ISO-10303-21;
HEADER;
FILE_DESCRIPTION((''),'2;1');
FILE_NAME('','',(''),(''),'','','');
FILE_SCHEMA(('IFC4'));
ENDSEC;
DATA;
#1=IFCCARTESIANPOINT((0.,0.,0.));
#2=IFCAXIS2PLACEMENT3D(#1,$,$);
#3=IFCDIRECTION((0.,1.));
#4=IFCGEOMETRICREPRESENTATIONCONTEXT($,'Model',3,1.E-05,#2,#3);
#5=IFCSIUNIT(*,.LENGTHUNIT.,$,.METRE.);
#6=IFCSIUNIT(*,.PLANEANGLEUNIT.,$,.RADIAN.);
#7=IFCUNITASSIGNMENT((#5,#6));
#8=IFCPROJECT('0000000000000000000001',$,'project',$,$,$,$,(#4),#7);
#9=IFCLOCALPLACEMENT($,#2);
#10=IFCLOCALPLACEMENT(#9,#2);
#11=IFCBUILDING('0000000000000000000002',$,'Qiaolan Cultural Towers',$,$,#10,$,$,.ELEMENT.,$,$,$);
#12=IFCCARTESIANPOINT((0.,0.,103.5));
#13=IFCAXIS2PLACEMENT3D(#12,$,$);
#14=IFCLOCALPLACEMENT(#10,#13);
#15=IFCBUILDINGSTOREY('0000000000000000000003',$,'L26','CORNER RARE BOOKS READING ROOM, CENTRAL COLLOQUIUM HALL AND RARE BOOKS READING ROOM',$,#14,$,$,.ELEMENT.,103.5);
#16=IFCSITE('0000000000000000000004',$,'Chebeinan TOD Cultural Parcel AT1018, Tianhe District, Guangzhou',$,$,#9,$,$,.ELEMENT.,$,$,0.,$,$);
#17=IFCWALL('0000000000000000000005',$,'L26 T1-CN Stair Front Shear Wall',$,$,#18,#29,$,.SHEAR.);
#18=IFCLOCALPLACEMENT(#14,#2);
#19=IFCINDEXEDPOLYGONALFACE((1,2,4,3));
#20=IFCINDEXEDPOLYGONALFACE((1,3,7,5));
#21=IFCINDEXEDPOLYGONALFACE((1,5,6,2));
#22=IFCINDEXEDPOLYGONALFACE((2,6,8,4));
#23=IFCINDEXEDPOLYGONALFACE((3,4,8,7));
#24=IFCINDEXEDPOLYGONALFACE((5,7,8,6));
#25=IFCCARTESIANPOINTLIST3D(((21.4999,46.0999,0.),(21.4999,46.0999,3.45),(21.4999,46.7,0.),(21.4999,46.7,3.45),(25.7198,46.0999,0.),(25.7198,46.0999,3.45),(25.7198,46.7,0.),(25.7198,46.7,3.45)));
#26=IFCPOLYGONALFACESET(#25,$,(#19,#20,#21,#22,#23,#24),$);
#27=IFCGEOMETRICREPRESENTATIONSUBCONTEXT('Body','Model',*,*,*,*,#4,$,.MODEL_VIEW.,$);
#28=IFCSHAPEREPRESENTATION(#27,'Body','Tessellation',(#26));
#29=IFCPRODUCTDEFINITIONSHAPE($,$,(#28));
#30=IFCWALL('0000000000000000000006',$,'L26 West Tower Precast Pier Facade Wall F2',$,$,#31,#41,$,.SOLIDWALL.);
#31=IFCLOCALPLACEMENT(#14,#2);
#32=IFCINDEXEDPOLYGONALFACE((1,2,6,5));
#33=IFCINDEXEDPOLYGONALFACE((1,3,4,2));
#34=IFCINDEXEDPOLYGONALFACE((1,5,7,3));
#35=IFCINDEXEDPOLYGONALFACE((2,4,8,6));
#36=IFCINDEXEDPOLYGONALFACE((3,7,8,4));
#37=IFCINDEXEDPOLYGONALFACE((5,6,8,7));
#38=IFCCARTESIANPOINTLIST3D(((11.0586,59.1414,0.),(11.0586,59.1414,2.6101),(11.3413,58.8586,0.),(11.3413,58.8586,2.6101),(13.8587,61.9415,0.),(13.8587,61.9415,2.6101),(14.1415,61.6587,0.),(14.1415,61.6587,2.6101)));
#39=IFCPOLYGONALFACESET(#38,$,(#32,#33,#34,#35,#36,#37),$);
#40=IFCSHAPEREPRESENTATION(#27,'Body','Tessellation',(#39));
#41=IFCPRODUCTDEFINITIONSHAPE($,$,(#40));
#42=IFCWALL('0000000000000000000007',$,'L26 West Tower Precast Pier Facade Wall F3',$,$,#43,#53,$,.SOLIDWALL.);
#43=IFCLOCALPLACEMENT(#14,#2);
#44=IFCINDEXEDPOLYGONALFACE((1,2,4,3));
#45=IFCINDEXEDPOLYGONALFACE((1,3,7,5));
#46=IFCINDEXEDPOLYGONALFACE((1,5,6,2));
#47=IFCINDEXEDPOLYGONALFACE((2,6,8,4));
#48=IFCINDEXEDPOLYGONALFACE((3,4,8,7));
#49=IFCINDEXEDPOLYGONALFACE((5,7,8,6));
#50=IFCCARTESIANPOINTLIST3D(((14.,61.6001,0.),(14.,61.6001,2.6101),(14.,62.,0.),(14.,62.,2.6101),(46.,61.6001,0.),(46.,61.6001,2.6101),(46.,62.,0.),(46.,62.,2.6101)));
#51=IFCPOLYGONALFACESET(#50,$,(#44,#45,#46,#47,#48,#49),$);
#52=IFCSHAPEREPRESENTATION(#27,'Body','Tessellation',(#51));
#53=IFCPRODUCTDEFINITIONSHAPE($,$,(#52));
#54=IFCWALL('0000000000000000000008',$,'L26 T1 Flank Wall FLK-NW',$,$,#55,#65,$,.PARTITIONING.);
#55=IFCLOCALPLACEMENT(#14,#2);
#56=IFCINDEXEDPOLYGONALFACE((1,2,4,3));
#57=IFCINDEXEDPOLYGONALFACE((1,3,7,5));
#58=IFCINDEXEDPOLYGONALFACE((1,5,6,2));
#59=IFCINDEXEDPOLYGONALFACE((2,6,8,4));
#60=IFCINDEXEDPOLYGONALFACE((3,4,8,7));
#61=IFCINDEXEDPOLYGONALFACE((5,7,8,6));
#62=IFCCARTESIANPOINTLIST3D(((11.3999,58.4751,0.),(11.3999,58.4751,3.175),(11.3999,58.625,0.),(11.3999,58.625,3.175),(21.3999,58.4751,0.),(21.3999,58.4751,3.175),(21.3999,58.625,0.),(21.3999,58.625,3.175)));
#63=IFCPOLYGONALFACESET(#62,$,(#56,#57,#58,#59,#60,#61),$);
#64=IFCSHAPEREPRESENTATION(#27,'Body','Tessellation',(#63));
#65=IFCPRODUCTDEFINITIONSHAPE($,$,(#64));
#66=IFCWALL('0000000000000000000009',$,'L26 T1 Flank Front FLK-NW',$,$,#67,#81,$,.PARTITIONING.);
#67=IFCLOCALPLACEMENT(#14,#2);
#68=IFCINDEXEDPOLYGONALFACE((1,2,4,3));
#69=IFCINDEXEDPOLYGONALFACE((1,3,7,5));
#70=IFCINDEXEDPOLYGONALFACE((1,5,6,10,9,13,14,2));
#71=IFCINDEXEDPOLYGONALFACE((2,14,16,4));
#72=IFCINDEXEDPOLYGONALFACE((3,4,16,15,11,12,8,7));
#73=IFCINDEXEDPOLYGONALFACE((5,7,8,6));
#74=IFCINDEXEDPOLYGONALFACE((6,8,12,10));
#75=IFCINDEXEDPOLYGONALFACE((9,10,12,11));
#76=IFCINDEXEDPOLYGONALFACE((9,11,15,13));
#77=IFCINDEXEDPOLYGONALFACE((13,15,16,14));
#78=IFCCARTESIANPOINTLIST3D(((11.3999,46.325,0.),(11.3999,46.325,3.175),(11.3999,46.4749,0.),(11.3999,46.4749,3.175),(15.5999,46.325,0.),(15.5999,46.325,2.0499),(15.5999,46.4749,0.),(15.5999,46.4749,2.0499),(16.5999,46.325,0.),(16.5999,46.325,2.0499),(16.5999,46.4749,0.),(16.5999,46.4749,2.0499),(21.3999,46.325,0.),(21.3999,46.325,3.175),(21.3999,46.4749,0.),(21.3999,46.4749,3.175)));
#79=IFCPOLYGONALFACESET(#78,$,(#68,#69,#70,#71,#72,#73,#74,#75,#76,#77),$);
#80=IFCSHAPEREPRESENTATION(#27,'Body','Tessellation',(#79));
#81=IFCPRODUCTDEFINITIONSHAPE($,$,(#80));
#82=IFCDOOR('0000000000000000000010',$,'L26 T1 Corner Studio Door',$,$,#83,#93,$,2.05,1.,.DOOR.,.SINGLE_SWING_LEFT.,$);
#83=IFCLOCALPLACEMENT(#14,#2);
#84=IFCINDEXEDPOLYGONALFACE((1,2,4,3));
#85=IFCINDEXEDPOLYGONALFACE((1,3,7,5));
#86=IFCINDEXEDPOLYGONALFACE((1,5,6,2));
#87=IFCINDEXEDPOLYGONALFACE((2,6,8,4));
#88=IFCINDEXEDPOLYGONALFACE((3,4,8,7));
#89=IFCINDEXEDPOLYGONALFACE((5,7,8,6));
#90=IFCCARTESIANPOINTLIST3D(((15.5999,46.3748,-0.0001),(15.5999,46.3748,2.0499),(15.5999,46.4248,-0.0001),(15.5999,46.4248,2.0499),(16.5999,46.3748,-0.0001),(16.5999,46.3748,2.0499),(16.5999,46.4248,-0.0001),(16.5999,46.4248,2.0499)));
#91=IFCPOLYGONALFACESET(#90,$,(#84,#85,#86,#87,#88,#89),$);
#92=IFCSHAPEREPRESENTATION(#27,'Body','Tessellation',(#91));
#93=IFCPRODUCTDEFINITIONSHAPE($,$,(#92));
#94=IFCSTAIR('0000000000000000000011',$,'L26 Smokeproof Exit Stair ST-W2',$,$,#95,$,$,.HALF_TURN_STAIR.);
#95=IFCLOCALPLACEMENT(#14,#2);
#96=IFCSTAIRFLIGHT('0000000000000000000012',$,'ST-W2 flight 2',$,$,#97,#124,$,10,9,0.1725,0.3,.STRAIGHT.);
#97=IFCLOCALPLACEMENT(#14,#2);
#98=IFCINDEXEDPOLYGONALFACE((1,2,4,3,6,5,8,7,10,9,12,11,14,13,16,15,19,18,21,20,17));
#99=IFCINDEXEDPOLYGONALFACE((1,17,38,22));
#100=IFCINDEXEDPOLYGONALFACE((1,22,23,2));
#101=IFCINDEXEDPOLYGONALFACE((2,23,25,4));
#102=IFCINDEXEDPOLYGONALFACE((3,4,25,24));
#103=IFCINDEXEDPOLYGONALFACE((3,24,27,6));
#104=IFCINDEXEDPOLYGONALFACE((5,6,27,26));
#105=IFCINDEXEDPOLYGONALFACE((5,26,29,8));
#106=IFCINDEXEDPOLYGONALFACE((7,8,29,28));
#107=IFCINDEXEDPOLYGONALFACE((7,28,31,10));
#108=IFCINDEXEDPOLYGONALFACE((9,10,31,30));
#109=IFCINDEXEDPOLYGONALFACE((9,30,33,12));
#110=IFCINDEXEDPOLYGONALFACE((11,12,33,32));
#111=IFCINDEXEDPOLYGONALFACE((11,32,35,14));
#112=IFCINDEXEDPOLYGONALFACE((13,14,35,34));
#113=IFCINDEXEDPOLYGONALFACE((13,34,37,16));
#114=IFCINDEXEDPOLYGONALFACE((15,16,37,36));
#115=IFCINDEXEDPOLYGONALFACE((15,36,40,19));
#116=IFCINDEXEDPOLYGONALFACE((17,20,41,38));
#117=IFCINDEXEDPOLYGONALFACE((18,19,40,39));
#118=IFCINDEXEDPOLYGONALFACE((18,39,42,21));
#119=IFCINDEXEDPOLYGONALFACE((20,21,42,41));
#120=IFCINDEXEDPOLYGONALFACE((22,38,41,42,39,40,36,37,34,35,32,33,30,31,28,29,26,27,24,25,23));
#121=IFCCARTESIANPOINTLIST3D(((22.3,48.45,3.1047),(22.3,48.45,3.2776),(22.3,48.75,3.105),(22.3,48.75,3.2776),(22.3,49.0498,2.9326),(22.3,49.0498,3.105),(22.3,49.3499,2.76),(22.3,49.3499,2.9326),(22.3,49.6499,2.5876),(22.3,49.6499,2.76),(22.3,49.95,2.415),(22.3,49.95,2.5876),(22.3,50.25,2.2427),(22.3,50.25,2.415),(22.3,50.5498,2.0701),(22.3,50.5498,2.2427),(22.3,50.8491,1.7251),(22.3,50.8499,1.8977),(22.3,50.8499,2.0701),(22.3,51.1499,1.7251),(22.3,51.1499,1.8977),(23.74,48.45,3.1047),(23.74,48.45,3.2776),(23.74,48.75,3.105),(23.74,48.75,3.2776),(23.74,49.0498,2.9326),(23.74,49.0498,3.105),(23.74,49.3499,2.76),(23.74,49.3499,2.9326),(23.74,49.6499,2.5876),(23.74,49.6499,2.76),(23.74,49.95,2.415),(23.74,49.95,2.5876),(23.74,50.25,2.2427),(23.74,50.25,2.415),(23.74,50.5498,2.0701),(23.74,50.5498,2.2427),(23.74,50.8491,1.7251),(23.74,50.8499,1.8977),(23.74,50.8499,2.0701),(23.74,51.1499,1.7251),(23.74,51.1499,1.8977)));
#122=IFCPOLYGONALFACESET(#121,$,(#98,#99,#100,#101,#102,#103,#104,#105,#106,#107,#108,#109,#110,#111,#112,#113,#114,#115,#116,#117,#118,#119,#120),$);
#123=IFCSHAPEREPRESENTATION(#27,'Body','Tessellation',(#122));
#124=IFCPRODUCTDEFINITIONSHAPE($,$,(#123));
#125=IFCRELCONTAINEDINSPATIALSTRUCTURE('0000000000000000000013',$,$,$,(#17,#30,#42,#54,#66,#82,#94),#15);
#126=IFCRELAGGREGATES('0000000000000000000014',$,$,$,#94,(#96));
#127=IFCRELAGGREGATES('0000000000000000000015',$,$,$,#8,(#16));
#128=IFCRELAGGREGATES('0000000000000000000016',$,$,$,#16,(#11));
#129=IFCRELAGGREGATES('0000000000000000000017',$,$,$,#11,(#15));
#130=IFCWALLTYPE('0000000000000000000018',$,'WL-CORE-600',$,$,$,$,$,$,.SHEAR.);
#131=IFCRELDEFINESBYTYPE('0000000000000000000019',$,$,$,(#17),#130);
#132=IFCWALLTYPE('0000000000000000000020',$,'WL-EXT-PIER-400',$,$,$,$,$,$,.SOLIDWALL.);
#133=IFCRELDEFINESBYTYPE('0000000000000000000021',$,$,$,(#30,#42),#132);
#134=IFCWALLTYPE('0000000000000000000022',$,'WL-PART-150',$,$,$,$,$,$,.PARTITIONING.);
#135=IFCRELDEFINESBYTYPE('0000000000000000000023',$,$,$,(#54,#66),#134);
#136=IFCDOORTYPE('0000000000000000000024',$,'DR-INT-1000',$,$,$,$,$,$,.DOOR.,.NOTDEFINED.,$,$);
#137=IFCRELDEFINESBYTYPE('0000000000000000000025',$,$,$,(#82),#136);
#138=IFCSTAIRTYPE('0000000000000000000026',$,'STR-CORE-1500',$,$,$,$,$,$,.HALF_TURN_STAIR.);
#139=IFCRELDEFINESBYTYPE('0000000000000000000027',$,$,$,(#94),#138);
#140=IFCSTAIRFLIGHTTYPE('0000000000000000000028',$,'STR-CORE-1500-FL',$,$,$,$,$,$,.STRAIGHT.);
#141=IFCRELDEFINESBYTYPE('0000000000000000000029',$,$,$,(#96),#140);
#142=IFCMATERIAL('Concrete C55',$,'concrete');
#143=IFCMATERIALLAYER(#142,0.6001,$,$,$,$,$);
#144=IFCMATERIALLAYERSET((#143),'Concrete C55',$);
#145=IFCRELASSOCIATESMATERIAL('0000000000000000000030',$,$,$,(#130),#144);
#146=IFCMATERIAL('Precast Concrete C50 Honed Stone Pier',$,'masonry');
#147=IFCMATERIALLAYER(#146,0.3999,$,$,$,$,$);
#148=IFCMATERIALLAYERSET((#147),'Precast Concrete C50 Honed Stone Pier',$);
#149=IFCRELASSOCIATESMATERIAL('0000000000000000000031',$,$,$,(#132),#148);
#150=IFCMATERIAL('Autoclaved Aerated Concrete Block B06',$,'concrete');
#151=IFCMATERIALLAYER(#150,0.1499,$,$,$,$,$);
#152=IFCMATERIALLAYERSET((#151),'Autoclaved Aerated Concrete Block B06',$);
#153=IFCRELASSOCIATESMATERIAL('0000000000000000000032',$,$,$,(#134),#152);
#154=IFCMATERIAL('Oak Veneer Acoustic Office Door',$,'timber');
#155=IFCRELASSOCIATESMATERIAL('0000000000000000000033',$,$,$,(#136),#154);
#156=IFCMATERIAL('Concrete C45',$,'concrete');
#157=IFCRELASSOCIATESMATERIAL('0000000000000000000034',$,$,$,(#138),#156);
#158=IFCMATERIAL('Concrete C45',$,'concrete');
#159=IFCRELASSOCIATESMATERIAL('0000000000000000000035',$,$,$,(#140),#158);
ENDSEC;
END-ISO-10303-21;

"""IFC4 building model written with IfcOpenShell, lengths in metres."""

from ifc_helpers import new_model, si_unit, direction, frame, frame_2d, origin, place, context, subcontext, project, spatial, polyline, rectangle, outline, extrude, material, layer, layer_set, type_object, element, fill, aggregate, save


model = new_model("IFC4")

# Units and contexts
model_context = context("Model", 3, precision=1e-05, world=origin(), true_north=direction((0.0, 1.0)))
body_context = subcontext(model_context, "Body", "Model", "MODEL_VIEW")
ifc_project = project(units=[si_unit("LENGTHUNIT", "METRE"), si_unit("PLANEANGLEUNIT", "RADIAN")], contexts=[model_context])

# Site, building, storey
site_placement = place(None, origin())
site = spatial("IfcSite", under=ifc_project, at=site_placement, Name="Chebeinan TOD Cultural Parcel AT1018, Tianhe District, Guangzhou", CompositionType="ELEMENT", RefElevation=0.0)
building_placement = place(site_placement, origin())
building = spatial("IfcBuilding", under=site, at=building_placement, Name="Qiaolan Cultural Towers", CompositionType="ELEMENT")
storey_placement = place(building_placement, frame((0.0, 0.0, 103.5)))
storey = spatial("IfcBuildingStorey", under=building, at=storey_placement, Name="L26", Description="CORNER RARE BOOKS READING ROOM, CENTRAL COLLOQUIUM HALL AND RARE BOOKS READING ROOM", CompositionType="ELEMENT", Elevation=103.5)

# Walls
ifc_material_1 = material(Name="Concrete C55", Category="concrete")
ifc_layer_1 = layer(ifc_material_1, 0.6001)
ifc_layer_set_1 = layer_set([ifc_layer_1], Name="Concrete C55")
wall_type_1 = type_object("IfcWallType", Name="WL-CORE-600", PredefinedType="SHEAR", material=ifc_layer_set_1)
wall_1_placement = place(storey_placement, frame((21.5, 46.3999, 0.0), z_axis=(0.0, 0.0, 1.0), x_axis=(1.0, 0.0, 0.0)))
element("IfcWall", 1, at=wall_1_placement, inside=storey, type_object=wall_type_1, Name="L26 T1-CN Stair Front Shear Wall", PredefinedType="SHEAR", context=body_context, shape_type="SweptSolid", body=[
    extrude(rectangle(XDim=4.22, YDim=0.6001, at=frame_2d((2.1099, 0.0))), origin(), (0.0, 0.0, 1.0), 3.45),
])
ifc_material_2 = material(Name="Precast Concrete C50 Honed Stone Pier", Category="masonry")
ifc_layer_2 = layer(ifc_material_2, 0.3999)
ifc_layer_set_2 = layer_set([ifc_layer_2], Name="Precast Concrete C50 Honed Stone Pier")
wall_type_2 = type_object("IfcWallType", Name="WL-EXT-PIER-400", PredefinedType="SOLIDWALL", material=ifc_layer_set_2)
wall_2_placement = place(storey_placement, frame((11.2, 59.0, 0.0), z_axis=(0.0, 0.0, 1.0), x_axis=(0.707107, 0.707107, 0.0)))
element("IfcWall", 2, at=wall_2_placement, inside=storey, type_object=wall_type_2, Name="L26 West Tower Precast Pier Facade Wall F2", PredefinedType="SOLIDWALL", context=body_context, shape_type="SweptSolid", body=[
    extrude(rectangle(XDim=3.96, YDim=0.3999, at=frame_2d((1.98, 0.0))), origin(), (0.0, 0.0, 1.0), 2.6101),
])
wall_3_placement = place(storey_placement, frame((14.0, 61.8, 0.0), z_axis=(0.0, 0.0, 1.0), x_axis=(1.0, 0.0, 0.0)))
element("IfcWall", 3, at=wall_3_placement, inside=storey, type_object=wall_type_2, Name="L26 West Tower Precast Pier Facade Wall F3", PredefinedType="SOLIDWALL", context=body_context, shape_type="SweptSolid", body=[
    extrude(rectangle(XDim=32.0, YDim=0.3999, at=frame_2d((16.0, 0.0))), origin(), (0.0, 0.0, 1.0), 2.6101),
])
ifc_material_3 = material(Name="Autoclaved Aerated Concrete Block B06", Category="concrete")
ifc_layer_3 = layer(ifc_material_3, 0.1499)
ifc_layer_set_3 = layer_set([ifc_layer_3], Name="Autoclaved Aerated Concrete Block B06")
wall_type_3 = type_object("IfcWallType", Name="WL-PART-150", PredefinedType="PARTITIONING", material=ifc_layer_set_3)
wall_4_placement = place(storey_placement, frame((11.3999, 58.55, 0.0), z_axis=(0.0, 0.0, 1.0), x_axis=(1.0, 0.0, 0.0)))
element("IfcWall", 4, at=wall_4_placement, inside=storey, type_object=wall_type_3, Name="L26 T1 Flank Wall FLK-NW", PredefinedType="PARTITIONING", context=body_context, shape_type="SweptSolid", body=[
    extrude(rectangle(XDim=10.0, YDim=0.1499, at=frame_2d((5.0, 0.0))), origin(), (0.0, 0.0, 1.0), 3.175),
])

# Wall, opening, door
wall_5_placement = place(storey_placement, frame((11.3999, 46.3999, 0.0), z_axis=(0.0, 0.0, 1.0), x_axis=(1.0, 0.0, 0.0)))
wall_5 = element("IfcWall", 5, at=wall_5_placement, inside=storey, type_object=wall_type_3, Name="L26 T1 Flank Front FLK-NW", PredefinedType="PARTITIONING", context=body_context, shape_type="SweptSolid", body=[
    extrude(rectangle(XDim=10.0, YDim=0.1499, at=frame_2d((5.0, 0.0))), origin(), (0.0, 0.0, 1.0), 3.175),
])
opening_placement = place(wall_5_placement, frame((4.2, 0.0, 0.0)))
opening = element("IfcOpeningElement", 6, at=opening_placement, cuts=wall_5, PredefinedType="OPENING", context=body_context, shape_type="SweptSolid", body=[
    extrude(rectangle(XDim=1.0, YDim=2.05, at=frame_2d((0.5, 1.0249))), frame((0.0, 0.085, 0.0), z_axis=(0.0, -1.0, 0.0), x_axis=(1.0, 0.0, 0.0)), (0.0, 0.0, 1.0), 0.1699),
])
ifc_material_4 = material(Name="Oak Veneer Acoustic Office Door", Category="timber")
door_type = type_object("IfcDoorType", Name="DR-INT-1000", OperationType="NOTDEFINED", PredefinedType="DOOR", material=ifc_material_4)
door_placement = place(opening_placement, origin())
door = element("IfcDoor", 7, at=door_placement, inside=storey, type_object=door_type, Name="L26 T1 Corner Studio Door", OperationType="SINGLE_SWING_LEFT", OverallHeight=2.05, OverallWidth=1.0, PredefinedType="DOOR", context=body_context, shape_type="SweptSolid", body=[
    extrude(rectangle(XDim=1.0, YDim=2.05, at=frame_2d((0.5, 1.0249))), frame((0.0, 0.0249, 0.0), z_axis=(0.0, -1.0, 0.0), x_axis=(1.0, 0.0, 0.0)), (0.0, 0.0, 1.0), 0.05),
])
fill(opening, door)

# Stair, stair flight
ifc_material_5 = material(Name="Concrete C45", Category="concrete")
stair_type = type_object("IfcStairType", Name="STR-CORE-1500", PredefinedType="HALF_TURN_STAIR", material=ifc_material_5)
stair_placement = place(storey_placement, origin())
stair = element("IfcStair", 8, at=stair_placement, inside=storey, type_object=stair_type, Name="L26 Smokeproof Exit Stair ST-W2", PredefinedType="HALF_TURN_STAIR")
ifc_material_6 = material(Name="Concrete C45", Category="concrete")
stair_flight_type = type_object("IfcStairFlightType", Name="STR-CORE-1500-FL", PredefinedType="STRAIGHT", material=ifc_material_6)
stair_flight_placement = place(storey_placement, frame((23.02, 51.1499, 1.7251), z_axis=(0.0, 0.0, 1.0), x_axis=(0.0, -1.0, 0.0)))
stair_flight = element("IfcStairFlight", 9, at=stair_flight_placement, type_object=stair_flight_type, Name="ST-W2 flight 2", NumberOfRisers=10, NumberOfTreads=9, PredefinedType="STRAIGHT", RiserHeight=0.1725, TreadLength=0.3, context=body_context, shape_type="SweptSolid", body=[
    extrude(outline(polyline([(0.0, 0.0), (0.0, 0.1726), (0.3, 0.1726), (0.3, 0.345), (0.6001, 0.345), (0.6001, 0.5176), (0.8999, 0.5176), (0.8999, 0.6899), (1.2, 0.6899), (1.2, 0.8625), (1.5, 0.8625), (1.5, 1.0349), (1.8, 1.0349), (1.8, 1.2075), (2.1001, 1.2075), (2.1001, 1.3799), (2.3999, 1.3799), (2.3999, 1.5525), (2.7, 1.5525), (2.7, 1.7251), (2.7, 1.3796), (0.3008, 0.0), (0.0, 0.0)])), frame((0.0, 0.72, 0.0), z_axis=(0.0, -1.0, 0.0), x_axis=(1.0, 0.0, 0.0)), (0.0, 0.0, 1.0), 1.4399),
])
aggregate(stair, [stair_flight])

save(model, "model.ifc")
